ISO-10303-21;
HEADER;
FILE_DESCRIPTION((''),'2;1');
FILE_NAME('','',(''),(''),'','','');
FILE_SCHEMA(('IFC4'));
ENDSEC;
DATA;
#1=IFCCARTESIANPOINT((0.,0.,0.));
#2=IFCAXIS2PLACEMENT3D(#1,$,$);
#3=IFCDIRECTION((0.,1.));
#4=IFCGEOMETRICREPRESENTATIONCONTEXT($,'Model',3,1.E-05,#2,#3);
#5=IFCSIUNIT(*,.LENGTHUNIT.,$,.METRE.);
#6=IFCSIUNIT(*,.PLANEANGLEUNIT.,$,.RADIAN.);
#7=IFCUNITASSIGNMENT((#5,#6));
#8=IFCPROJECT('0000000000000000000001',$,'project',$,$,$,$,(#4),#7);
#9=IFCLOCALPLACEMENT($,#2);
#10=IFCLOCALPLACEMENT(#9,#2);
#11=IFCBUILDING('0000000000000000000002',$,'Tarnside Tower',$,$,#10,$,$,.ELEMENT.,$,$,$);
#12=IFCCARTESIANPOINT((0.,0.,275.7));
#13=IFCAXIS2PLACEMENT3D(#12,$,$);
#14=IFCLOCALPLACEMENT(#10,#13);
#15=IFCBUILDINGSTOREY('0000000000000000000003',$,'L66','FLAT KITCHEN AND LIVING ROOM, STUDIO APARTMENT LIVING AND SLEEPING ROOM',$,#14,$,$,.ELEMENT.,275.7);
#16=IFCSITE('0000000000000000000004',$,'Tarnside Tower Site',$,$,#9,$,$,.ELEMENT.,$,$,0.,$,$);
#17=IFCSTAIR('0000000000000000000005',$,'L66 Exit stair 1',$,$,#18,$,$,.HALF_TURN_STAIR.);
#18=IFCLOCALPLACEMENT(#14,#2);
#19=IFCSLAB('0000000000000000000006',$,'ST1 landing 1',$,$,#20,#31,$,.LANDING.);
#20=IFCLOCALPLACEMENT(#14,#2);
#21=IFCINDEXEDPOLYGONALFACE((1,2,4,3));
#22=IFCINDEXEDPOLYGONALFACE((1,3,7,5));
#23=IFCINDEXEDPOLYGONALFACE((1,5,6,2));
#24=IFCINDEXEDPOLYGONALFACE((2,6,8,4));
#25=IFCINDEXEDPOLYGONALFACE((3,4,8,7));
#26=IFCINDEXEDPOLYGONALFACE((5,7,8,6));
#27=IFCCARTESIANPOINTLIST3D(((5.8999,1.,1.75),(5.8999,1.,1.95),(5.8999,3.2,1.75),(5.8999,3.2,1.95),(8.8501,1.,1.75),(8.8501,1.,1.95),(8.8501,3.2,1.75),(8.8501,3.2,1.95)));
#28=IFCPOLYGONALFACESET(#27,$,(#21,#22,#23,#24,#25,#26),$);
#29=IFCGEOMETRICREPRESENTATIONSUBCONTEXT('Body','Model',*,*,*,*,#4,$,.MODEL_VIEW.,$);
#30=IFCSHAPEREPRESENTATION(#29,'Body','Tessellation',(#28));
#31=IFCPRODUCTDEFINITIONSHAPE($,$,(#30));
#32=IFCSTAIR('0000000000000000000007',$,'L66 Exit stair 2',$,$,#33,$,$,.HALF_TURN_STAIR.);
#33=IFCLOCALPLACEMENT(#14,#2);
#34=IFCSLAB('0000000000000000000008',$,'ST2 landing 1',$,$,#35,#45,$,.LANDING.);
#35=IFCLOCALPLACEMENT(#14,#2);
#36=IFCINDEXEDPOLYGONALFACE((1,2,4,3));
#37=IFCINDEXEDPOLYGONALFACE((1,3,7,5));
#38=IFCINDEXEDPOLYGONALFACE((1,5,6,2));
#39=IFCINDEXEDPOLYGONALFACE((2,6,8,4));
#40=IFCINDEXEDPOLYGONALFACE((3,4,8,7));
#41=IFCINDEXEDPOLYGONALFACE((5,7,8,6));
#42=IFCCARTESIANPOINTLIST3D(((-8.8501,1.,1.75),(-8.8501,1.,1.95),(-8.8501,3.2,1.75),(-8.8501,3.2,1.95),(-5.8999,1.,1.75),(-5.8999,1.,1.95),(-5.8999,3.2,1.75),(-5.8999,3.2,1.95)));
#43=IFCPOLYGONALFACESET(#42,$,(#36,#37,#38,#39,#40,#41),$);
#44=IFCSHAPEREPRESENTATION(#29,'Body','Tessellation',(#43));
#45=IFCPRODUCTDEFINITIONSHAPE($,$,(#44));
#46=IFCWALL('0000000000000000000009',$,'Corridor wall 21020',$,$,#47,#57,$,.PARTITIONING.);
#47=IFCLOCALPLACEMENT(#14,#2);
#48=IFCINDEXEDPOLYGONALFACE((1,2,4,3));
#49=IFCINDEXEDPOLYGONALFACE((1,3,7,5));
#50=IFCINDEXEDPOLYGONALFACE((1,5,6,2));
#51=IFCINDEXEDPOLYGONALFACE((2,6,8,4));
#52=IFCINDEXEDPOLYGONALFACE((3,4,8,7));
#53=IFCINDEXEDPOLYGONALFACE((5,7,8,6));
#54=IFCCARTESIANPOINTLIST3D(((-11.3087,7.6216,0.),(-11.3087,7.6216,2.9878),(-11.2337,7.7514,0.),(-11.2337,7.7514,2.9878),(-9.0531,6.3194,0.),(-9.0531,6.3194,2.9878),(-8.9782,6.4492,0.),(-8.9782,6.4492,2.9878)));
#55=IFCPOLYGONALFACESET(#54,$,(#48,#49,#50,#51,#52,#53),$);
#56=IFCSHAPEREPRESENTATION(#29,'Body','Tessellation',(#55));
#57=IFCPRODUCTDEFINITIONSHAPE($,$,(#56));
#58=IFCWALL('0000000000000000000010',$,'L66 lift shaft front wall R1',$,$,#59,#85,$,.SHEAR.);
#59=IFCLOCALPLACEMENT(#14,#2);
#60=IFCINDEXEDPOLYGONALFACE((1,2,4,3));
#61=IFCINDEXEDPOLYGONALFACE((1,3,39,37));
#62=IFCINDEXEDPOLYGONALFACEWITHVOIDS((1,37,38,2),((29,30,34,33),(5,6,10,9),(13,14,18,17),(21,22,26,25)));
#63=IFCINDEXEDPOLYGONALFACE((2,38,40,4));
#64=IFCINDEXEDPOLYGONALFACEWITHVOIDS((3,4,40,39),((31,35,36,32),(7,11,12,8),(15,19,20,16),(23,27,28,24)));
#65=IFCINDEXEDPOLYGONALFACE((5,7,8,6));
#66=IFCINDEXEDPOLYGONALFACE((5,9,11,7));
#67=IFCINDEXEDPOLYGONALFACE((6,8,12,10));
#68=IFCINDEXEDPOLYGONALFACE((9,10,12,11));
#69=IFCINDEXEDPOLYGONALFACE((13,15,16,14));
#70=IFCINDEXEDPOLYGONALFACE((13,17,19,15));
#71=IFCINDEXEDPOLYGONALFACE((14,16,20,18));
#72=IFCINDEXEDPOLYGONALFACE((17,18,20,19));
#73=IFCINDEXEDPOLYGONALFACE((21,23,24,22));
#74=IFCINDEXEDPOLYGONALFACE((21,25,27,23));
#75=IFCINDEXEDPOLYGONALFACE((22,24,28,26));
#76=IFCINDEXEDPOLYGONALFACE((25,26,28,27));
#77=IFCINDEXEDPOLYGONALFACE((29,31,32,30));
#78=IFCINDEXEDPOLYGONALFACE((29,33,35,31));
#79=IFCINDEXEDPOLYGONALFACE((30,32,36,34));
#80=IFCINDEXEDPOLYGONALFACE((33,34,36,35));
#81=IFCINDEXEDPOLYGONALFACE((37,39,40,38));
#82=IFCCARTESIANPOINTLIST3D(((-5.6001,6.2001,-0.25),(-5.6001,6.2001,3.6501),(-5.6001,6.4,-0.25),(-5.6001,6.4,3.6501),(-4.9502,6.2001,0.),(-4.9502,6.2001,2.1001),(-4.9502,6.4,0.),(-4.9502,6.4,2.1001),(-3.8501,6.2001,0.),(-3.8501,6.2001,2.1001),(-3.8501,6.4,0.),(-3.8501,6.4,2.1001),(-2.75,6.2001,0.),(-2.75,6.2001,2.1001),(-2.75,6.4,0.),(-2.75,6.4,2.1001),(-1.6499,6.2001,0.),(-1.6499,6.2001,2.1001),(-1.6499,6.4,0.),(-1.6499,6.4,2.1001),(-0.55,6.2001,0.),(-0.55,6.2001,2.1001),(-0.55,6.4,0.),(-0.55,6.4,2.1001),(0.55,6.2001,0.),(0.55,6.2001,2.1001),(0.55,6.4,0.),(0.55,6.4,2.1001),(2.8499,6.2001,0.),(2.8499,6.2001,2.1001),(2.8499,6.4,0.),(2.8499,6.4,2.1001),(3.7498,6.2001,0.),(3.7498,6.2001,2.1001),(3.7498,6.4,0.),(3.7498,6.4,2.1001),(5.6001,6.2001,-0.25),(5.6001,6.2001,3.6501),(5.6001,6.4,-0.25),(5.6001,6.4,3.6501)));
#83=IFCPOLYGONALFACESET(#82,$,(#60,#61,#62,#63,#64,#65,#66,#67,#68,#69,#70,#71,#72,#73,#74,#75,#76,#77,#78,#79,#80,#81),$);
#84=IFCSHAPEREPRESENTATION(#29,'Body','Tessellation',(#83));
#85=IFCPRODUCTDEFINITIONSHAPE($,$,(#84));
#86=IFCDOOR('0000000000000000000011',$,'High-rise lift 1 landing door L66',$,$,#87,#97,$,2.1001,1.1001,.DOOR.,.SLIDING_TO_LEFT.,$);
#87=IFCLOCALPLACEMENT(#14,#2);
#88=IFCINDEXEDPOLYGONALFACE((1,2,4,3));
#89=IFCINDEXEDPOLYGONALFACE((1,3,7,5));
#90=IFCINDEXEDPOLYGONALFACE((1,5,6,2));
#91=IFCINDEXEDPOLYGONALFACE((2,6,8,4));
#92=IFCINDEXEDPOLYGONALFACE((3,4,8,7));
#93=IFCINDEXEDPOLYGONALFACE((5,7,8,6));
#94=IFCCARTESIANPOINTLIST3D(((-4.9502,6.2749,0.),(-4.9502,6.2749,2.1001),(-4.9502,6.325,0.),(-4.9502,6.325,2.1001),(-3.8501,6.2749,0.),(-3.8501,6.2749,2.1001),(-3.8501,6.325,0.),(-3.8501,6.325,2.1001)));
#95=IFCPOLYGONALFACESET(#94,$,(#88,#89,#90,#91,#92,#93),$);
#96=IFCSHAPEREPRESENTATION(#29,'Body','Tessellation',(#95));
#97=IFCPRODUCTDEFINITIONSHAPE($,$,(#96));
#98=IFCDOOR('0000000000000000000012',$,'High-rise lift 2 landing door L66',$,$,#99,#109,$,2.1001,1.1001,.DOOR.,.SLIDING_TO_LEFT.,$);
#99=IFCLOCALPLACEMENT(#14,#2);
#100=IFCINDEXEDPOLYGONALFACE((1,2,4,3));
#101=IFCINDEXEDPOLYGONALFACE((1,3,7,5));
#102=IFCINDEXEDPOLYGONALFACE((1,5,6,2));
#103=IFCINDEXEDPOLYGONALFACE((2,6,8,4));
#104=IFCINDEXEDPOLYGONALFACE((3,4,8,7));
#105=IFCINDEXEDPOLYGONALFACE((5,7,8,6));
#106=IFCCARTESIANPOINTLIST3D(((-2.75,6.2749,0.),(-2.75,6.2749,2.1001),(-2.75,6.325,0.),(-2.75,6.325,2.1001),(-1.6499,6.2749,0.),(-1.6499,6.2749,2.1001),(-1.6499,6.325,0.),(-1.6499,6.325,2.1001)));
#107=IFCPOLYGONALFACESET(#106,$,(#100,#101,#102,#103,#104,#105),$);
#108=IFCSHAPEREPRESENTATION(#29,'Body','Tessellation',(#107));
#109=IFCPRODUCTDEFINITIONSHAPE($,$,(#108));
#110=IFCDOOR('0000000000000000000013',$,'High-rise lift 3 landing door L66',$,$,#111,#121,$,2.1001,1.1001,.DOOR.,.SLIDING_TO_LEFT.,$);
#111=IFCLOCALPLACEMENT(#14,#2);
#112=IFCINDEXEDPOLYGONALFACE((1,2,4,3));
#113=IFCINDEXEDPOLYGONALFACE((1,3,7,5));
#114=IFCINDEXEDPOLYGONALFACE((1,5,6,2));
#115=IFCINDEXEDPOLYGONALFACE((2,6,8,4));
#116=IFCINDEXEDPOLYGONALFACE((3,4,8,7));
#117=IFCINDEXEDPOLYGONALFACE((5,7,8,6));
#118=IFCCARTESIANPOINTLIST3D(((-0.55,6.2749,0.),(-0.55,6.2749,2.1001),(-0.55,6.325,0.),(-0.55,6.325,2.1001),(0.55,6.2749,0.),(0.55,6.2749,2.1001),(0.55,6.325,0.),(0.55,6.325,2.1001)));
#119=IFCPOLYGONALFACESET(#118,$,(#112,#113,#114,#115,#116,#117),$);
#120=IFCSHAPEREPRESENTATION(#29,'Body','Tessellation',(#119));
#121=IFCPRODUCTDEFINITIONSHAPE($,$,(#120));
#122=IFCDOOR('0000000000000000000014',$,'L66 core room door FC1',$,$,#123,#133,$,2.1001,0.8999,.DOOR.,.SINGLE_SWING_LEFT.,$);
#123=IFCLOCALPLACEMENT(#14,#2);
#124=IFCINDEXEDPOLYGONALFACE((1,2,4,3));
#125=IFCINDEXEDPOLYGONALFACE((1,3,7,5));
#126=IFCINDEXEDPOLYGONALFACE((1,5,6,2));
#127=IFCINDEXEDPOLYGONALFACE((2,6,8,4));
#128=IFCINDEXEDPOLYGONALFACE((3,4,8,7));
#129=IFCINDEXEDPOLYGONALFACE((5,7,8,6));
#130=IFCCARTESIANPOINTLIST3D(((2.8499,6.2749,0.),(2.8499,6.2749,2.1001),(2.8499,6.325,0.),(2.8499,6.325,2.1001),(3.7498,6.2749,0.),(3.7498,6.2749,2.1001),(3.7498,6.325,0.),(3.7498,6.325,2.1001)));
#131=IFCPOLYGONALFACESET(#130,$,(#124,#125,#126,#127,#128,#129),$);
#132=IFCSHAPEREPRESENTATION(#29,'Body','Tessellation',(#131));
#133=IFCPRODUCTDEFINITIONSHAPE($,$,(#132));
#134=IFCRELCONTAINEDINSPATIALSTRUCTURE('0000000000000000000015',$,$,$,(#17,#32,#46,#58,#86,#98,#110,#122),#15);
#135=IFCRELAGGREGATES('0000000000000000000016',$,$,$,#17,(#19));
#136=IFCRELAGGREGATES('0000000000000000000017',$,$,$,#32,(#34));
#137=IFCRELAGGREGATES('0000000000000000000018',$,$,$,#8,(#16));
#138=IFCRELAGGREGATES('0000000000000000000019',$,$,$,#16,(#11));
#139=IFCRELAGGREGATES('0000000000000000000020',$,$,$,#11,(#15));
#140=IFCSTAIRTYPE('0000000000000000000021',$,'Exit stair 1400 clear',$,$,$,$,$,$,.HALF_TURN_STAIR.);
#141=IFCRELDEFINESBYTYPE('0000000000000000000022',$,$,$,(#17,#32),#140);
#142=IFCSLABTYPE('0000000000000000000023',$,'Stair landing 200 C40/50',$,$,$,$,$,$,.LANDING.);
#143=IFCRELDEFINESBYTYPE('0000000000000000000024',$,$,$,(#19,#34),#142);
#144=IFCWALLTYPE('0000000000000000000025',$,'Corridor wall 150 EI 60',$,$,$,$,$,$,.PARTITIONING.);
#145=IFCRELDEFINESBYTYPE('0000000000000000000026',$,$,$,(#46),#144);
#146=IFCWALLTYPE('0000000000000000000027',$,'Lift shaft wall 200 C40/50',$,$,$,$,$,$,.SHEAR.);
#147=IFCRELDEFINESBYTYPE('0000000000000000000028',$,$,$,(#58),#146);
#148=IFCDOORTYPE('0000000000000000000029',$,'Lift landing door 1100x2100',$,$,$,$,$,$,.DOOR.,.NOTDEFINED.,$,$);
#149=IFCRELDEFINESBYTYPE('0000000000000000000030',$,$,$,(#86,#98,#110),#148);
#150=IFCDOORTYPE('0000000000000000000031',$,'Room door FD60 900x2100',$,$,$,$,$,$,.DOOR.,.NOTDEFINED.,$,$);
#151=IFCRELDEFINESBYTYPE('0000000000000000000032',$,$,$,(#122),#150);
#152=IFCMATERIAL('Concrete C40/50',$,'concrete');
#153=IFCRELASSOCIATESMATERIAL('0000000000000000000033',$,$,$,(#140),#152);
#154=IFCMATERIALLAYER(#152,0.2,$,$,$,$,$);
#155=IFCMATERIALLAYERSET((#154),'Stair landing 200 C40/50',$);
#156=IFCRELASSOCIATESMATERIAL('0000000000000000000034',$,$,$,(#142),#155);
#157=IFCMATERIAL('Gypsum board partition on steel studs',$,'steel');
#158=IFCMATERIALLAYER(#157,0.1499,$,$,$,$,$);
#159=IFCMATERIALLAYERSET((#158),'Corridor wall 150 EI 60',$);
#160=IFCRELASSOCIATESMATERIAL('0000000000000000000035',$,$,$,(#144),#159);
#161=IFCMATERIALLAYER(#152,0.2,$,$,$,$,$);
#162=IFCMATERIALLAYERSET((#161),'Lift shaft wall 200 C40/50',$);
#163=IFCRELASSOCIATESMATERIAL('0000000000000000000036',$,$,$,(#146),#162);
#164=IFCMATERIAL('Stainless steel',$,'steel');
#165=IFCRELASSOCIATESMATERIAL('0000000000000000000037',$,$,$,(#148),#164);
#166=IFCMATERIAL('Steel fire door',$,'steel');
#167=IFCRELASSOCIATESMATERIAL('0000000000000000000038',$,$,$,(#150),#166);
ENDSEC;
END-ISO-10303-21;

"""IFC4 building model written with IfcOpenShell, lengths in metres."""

from ifc_helpers import new_model, si_unit, direction, frame, frame_2d, origin, place, context, subcontext, project, spatial, polyline, rectangle, outline, extrude, material, layer, layer_set, type_object, element, fill, aggregate, save


model = new_model("IFC4")

# Units and contexts
model_context = context("Model", 3, precision=1e-05, world=origin(), true_north=direction((0.0, 1.0)))
body_context = subcontext(model_context, "Body", "Model", "MODEL_VIEW")
ifc_project = project(units=[si_unit("LENGTHUNIT", "METRE"), si_unit("PLANEANGLEUNIT", "RADIAN")], contexts=[model_context])

# Site, building, storey
site_placement = place(None, origin())
site = spatial("IfcSite", under=ifc_project, at=site_placement, Name="Tarnside Tower Site", CompositionType="ELEMENT", RefElevation=0.0)
building_placement = place(site_placement, origin())
building = spatial("IfcBuilding", under=site, at=building_placement, Name="Tarnside Tower", CompositionType="ELEMENT")
storey_placement = place(building_placement, frame((0.0, 0.0, 275.7)))
storey = spatial("IfcBuildingStorey", under=building, at=storey_placement, Name="L66", Description="FLAT KITCHEN AND LIVING ROOM, STUDIO APARTMENT LIVING AND SLEEPING ROOM", CompositionType="ELEMENT", Elevation=275.7)

# Shared definitions
ifc_material_1 = material(Name="Concrete C40/50", Category="concrete")

# Stairs, slabs
stair_type = type_object("IfcStairType", Name="Exit stair 1400 clear", PredefinedType="HALF_TURN_STAIR", material=ifc_material_1)
stair_1_placement = place(storey_placement, origin())
stair_1 = element("IfcStair", 1, at=stair_1_placement, inside=storey, type_object=stair_type, Name="L66 Exit stair 1", PredefinedType="HALF_TURN_STAIR")
ifc_layer_1 = layer(ifc_material_1, 0.2)
ifc_layer_set_1 = layer_set([ifc_layer_1], Name="Stair landing 200 C40/50")
slab_type_1 = type_object("IfcSlabType", Name="Stair landing 200 C40/50", PredefinedType="LANDING", material=ifc_layer_set_1)
slab_1_placement = place(storey_placement, frame((0.0, 0.0, 1.75)))
slab_1 = element("IfcSlab", 2, at=slab_1_placement, type_object=slab_type_1, Name="ST1 landing 1", PredefinedType="LANDING", context=body_context, shape_type="SweptSolid", body=[
    extrude(outline(polyline([(8.8501, 1.0), (8.8501, 3.2), (5.8999, 3.2), (5.8999, 1.0), (8.8501, 1.0)])), origin(), (0.0, 0.0, 1.0), 0.2),
])
aggregate(stair_1, [slab_1])
stair_2_placement = place(storey_placement, origin())
stair_2 = element("IfcStair", 3, at=stair_2_placement, inside=storey, type_object=stair_type, Name="L66 Exit stair 2", PredefinedType="HALF_TURN_STAIR")
slab_2_placement = place(storey_placement, frame((0.0, 0.0, 1.75)))
slab_2 = element("IfcSlab", 4, at=slab_2_placement, type_object=slab_type_1, Name="ST2 landing 1", PredefinedType="LANDING", context=body_context, shape_type="SweptSolid", body=[
    extrude(outline(polyline([(-5.8999, 1.0), (-5.8999, 3.2), (-8.8501, 3.2), (-8.8501, 1.0), (-5.8999, 1.0)])), origin(), (0.0, 0.0, 1.0), 0.2),
])

# Wall
ifc_material_2 = material(Name="Gypsum board partition on steel studs", Category="steel")
ifc_layer_2 = layer(ifc_material_2, 0.1499)
ifc_layer_set_2 = layer_set([ifc_layer_2], Name="Corridor wall 150 EI 60")
wall_type_1 = type_object("IfcWallType", Name="Corridor wall 150 EI 60", PredefinedType="PARTITIONING", material=ifc_layer_set_2)
wall_1_placement = place(storey_placement, frame((-9.0156, 6.3843, 0.0), z_axis=(0.0, 0.0, 1.0), x_axis=(-0.866031, 0.49999, 0.0)))
element("IfcWall", 5, at=wall_1_placement, inside=storey, type_object=wall_type_1, Name="Corridor wall 21020", PredefinedType="PARTITIONING", context=body_context, shape_type="SweptSolid", body=[
    extrude(rectangle(XDim=2.6045, YDim=0.1499, at=frame_2d((1.3022, 0.0))), origin(), (0.0, 0.0, 1.0), 2.9878),
])

# Wall, openings, doors
ifc_layer_3 = layer(ifc_material_1, 0.2)
ifc_layer_set_3 = layer_set([ifc_layer_3], Name="Lift shaft wall 200 C40/50")
wall_type_2 = type_object("IfcWallType", Name="Lift shaft wall 200 C40/50", PredefinedType="SHEAR", material=ifc_layer_set_3)
wall_2_placement = place(storey_placement, frame((-5.6001, 6.3, -0.25), z_axis=(0.0, 0.0, 1.0), x_axis=(1.0, 0.0, 0.0)))
wall_2 = element("IfcWall", 6, at=wall_2_placement, inside=storey, type_object=wall_type_2, Name="L66 lift shaft front wall R1", PredefinedType="SHEAR", context=body_context, shape_type="SweptSolid", body=[
    extrude(rectangle(XDim=11.2002, YDim=0.2, at=frame_2d((5.6001, 0.0))), origin(), (0.0, 0.0, 1.0), 3.9001),
])
opening_1_placement = place(wall_2_placement, frame((8.45, 0.0, 0.25)))
opening_1 = element("IfcOpeningElement", 7, at=opening_1_placement, cuts=wall_2, PredefinedType="OPENING", context=body_context, shape_type="SweptSolid", body=[
    extrude(rectangle(XDim=0.8999, YDim=2.1001, at=frame_2d((0.45, 1.05))), frame((0.0, 0.1099, 0.0), z_axis=(0.0, -1.0, 0.0), x_axis=(1.0, 0.0, 0.0)), (0.0, 0.0, 1.0), 0.22),
])
opening_2_placement = place(wall_2_placement, frame((0.6499, 0.0, 0.25)))
opening_2 = element("IfcOpeningElement", 8, at=opening_2_placement, cuts=wall_2, PredefinedType="OPENING", context=body_context, shape_type="SweptSolid", body=[
    extrude(rectangle(XDim=1.1001, YDim=2.1001, at=frame_2d((0.55, 1.05))), frame((0.0, 0.1099, 0.0), z_axis=(0.0, -1.0, 0.0), x_axis=(1.0, 0.0, 0.0)), (0.0, 0.0, 1.0), 0.22),
])
opening_3_placement = place(wall_2_placement, frame((2.8501, 0.0, 0.25)))
opening_3 = element("IfcOpeningElement", 9, at=opening_3_placement, cuts=wall_2, PredefinedType="OPENING", context=body_context, shape_type="SweptSolid", body=[
    extrude(rectangle(XDim=1.1001, YDim=2.1001, at=frame_2d((0.55, 1.05))), frame((0.0, 0.1099, 0.0), z_axis=(0.0, -1.0, 0.0), x_axis=(1.0, 0.0, 0.0)), (0.0, 0.0, 1.0), 0.22),
])
opening_4_placement = place(wall_2_placement, frame((5.05, 0.0, 0.25)))
opening_4 = element("IfcOpeningElement", 10, at=opening_4_placement, cuts=wall_2, PredefinedType="OPENING", context=body_context, shape_type="SweptSolid", body=[
    extrude(rectangle(XDim=1.1001, YDim=2.1001, at=frame_2d((0.55, 1.05))), frame((0.0, 0.1099, 0.0), z_axis=(0.0, -1.0, 0.0), x_axis=(1.0, 0.0, 0.0)), (0.0, 0.0, 1.0), 0.22),
])
ifc_material_3 = material(Name="Stainless steel", Category="steel")
door_type_1 = type_object("IfcDoorType", Name="Lift landing door 1100x2100", OperationType="NOTDEFINED", PredefinedType="DOOR", material=ifc_material_3)
door_1_placement = place(opening_2_placement, origin())
door_1 = element("IfcDoor", 11, at=door_1_placement, inside=storey, type_object=door_type_1, Name="High-rise lift 1 landing door L66", OperationType="SLIDING_TO_LEFT", OverallHeight=2.1001, OverallWidth=1.1001, PredefinedType="DOOR", context=body_context, shape_type="SweptSolid", body=[
    extrude(rectangle(XDim=1.1001, YDim=2.1001, at=frame_2d((0.55, 1.05))), frame((0.0, 0.0249, 0.0), z_axis=(0.0, -1.0, 0.0), x_axis=(1.0, 0.0, 0.0)), (0.0, 0.0, 1.0), 0.05),
])
fill(opening_2, door_1)
door_2_placement = place(opening_3_placement, origin())
door_2 = element("IfcDoor", 12, at=door_2_placement, inside=storey, type_object=door_type_1, Name="High-rise lift 2 landing door L66", OperationType="SLIDING_TO_LEFT", OverallHeight=2.1001, OverallWidth=1.1001, PredefinedType="DOOR", context=body_context, shape_type="SweptSolid", body=[
    extrude(rectangle(XDim=1.1001, YDim=2.1001, at=frame_2d((0.55, 1.05))), frame((0.0, 0.0249, 0.0), z_axis=(0.0, -1.0, 0.0), x_axis=(1.0, 0.0, 0.0)), (0.0, 0.0, 1.0), 0.05),
])
fill(opening_3, door_2)
door_3_placement = place(opening_4_placement, origin())
door_3 = element("IfcDoor", 13, at=door_3_placement, inside=storey, type_object=door_type_1, Name="High-rise lift 3 landing door L66", OperationType="SLIDING_TO_LEFT", OverallHeight=2.1001, OverallWidth=1.1001, PredefinedType="DOOR", context=body_context, shape_type="SweptSolid", body=[
    extrude(rectangle(XDim=1.1001, YDim=2.1001, at=frame_2d((0.55, 1.05))), frame((0.0, 0.0249, 0.0), z_axis=(0.0, -1.0, 0.0), x_axis=(1.0, 0.0, 0.0)), (0.0, 0.0, 1.0), 0.05),
])
fill(opening_4, door_3)
ifc_material_4 = material(Name="Steel fire door", Category="steel")
door_type_2 = type_object("IfcDoorType", Name="Room door FD60 900x2100", OperationType="NOTDEFINED", PredefinedType="DOOR", material=ifc_material_4)
door_4_placement = place(opening_1_placement, origin())
door_4 = element("IfcDoor", 14, at=door_4_placement, inside=storey, type_object=door_type_2, Name="L66 core room door FC1", OperationType="SINGLE_SWING_LEFT", OverallHeight=2.1001, OverallWidth=0.8999, PredefinedType="DOOR", context=body_context, shape_type="SweptSolid", body=[
    extrude(rectangle(XDim=0.8999, YDim=2.1001, at=frame_2d((0.45, 1.05))), frame((0.0, 0.0249, 0.0), z_axis=(0.0, -1.0, 0.0), x_axis=(1.0, 0.0, 0.0)), (0.0, 0.0, 1.0), 0.05),
])
fill(opening_1, door_4)

aggregate(stair_2, [slab_2])

save(model, "model.ifc")
